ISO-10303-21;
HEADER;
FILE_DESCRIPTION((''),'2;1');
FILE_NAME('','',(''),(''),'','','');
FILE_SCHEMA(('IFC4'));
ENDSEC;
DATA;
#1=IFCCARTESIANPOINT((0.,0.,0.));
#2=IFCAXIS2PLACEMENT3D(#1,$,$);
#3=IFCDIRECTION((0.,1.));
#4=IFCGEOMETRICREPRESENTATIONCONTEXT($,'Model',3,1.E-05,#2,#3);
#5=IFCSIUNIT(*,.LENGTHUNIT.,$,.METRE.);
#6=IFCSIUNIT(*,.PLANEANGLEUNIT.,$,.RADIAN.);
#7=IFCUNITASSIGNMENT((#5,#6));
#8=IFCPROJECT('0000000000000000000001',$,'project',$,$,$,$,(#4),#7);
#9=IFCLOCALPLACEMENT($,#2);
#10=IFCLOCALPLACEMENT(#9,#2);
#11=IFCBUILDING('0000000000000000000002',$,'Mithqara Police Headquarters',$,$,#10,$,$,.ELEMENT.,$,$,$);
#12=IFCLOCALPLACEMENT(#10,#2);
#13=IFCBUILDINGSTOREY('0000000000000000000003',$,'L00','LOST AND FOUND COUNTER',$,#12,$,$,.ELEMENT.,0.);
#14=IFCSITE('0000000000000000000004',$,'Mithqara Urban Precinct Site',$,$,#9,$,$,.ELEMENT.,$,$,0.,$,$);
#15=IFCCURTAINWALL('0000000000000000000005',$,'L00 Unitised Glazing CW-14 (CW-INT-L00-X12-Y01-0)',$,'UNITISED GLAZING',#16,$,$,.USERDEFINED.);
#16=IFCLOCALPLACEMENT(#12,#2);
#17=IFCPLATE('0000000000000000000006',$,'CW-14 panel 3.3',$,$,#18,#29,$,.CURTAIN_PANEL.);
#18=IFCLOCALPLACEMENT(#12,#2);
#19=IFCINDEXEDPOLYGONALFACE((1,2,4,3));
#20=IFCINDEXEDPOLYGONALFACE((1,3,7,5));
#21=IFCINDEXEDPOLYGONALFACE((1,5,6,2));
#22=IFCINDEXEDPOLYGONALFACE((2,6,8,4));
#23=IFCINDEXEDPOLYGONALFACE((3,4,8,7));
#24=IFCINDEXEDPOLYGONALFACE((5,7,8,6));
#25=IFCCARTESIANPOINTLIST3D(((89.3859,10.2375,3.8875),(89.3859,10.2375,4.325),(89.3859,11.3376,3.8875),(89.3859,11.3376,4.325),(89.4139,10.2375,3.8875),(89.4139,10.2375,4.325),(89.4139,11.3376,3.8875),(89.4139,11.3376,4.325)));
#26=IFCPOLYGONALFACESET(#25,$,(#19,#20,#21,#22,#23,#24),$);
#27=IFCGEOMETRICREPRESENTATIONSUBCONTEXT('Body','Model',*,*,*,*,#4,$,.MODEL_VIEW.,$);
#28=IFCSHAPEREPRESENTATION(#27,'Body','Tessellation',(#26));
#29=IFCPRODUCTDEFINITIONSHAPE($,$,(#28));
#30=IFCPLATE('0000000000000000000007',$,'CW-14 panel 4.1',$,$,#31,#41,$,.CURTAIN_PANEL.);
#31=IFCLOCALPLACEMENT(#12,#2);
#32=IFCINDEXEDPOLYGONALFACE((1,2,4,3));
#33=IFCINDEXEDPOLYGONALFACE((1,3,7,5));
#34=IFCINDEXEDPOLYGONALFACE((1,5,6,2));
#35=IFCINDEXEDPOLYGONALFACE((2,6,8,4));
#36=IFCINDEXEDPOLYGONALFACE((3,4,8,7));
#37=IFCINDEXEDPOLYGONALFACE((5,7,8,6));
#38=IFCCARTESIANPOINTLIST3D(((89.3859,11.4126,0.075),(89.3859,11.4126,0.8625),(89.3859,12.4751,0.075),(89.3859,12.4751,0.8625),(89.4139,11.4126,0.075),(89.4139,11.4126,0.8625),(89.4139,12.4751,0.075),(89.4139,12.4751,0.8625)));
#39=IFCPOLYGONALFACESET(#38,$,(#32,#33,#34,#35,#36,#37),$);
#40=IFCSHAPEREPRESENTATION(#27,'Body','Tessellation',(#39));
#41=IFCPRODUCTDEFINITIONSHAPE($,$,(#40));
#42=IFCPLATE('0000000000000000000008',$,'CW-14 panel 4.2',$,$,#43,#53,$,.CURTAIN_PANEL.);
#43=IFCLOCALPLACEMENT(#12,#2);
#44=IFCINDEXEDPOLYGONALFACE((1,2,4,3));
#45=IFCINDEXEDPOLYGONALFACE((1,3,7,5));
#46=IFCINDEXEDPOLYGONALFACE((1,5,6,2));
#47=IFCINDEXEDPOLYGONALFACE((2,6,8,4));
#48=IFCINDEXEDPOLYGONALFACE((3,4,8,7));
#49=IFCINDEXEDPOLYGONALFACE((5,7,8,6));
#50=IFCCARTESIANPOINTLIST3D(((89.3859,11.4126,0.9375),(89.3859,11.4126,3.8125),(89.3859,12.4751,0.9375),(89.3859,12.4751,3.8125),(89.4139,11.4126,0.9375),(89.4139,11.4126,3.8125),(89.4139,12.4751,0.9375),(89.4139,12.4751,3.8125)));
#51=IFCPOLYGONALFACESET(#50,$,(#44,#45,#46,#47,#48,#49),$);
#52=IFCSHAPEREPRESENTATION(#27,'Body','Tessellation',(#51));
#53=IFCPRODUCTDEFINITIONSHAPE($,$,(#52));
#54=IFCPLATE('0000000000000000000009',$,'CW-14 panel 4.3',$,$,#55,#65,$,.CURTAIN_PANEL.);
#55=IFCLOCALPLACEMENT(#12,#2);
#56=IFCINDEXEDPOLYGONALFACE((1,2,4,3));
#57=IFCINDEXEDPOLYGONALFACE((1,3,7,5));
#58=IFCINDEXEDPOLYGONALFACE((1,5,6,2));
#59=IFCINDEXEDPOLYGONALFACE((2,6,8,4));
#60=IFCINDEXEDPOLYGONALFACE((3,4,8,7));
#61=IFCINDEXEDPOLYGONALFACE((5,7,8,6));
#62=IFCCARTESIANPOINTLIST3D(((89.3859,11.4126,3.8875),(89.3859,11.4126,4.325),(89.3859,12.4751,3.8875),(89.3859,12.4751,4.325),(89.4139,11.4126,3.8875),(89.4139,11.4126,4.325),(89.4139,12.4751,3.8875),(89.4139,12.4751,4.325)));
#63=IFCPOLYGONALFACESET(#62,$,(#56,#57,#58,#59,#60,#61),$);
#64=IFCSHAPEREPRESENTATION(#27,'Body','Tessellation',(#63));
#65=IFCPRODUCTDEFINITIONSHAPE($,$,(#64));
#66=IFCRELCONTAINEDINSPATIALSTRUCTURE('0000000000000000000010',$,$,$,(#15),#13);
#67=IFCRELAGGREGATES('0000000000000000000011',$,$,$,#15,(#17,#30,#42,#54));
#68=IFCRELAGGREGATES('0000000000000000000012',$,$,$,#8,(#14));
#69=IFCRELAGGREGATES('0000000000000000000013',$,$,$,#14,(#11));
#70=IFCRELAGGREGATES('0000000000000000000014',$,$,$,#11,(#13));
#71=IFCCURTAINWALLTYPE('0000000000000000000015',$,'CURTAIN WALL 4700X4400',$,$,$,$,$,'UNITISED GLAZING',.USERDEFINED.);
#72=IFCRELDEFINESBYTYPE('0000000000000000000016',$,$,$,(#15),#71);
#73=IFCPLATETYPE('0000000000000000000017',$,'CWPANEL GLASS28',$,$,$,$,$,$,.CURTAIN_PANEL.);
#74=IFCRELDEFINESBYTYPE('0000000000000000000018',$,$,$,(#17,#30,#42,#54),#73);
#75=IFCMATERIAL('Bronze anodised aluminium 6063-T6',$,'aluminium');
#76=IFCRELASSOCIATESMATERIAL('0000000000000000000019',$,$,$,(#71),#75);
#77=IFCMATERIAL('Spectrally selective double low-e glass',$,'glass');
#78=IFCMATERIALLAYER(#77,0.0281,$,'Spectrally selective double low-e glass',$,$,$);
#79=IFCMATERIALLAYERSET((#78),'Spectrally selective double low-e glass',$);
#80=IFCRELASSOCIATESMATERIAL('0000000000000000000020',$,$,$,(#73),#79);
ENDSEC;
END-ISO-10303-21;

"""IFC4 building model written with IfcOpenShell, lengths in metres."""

from ifc_helpers import new_model, si_unit, direction, frame, origin, origin_2d, place, context, subcontext, project, spatial, rectangle, extrude, material, layer, layer_set, type_object, element, aggregate, save


model = new_model("IFC4")

# Units and contexts
model_context = context("Model", 3, precision=1e-05, world=origin(), true_north=direction((0.0, 1.0)))
body_context = subcontext(model_context, "Body", "Model", "MODEL_VIEW")
ifc_project = project(units=[si_unit("LENGTHUNIT", "METRE"), si_unit("PLANEANGLEUNIT", "RADIAN")], contexts=[model_context])

# Site, building, storey
site_placement = place(None, origin())
site = spatial("IfcSite", under=ifc_project, at=site_placement, Name="Mithqara Urban Precinct Site", CompositionType="ELEMENT", RefElevation=0.0)
building_placement = place(site_placement, origin())
building = spatial("IfcBuilding", under=site, at=building_placement, Name="Mithqara Police Headquarters", CompositionType="ELEMENT")
storey_placement = place(building_placement, origin())
storey = spatial("IfcBuildingStorey", under=building, at=storey_placement, Name="L00", Description="LOST AND FOUND COUNTER", CompositionType="ELEMENT", Elevation=0.0)

# Curtain wall, plates
ifc_material_1 = material(Name="Bronze anodised aluminium 6063-T6", Category="aluminium")
curtain_wall_type = type_object("IfcCurtainWallType", Name="CURTAIN WALL 4700X4400", ElementType="UNITISED GLAZING", PredefinedType="USERDEFINED", material=ifc_material_1)
curtain_wall_placement = place(storey_placement, origin())
curtain_wall = element("IfcCurtainWall", 1, at=curtain_wall_placement, inside=storey, type_object=curtain_wall_type, Name="L00 Unitised Glazing CW-14 (CW-INT-L00-X12-Y01-0)", ObjectType="UNITISED GLAZING", PredefinedType="USERDEFINED")
ifc_material_2 = material(Name="Spectrally selective double low-e glass", Category="glass")
ifc_layer = layer(ifc_material_2, 0.0281, Name="Spectrally selective double low-e glass")
ifc_layer_set = layer_set([ifc_layer], Name="Spectrally selective double low-e glass")
plate_type = type_object("IfcPlateType", Name="CWPANEL GLASS28", PredefinedType="CURTAIN_PANEL", material=ifc_layer_set)
plate_1_placement = place(storey_placement, frame((89.3999, 10.7876, 3.8875), z_axis=(0.0, 0.0, 1.0), x_axis=(0.0, 1.0, 0.0)))
plate_1 = element("IfcPlate", 2, at=plate_1_placement, type_object=plate_type, Name="CW-14 panel 3.3", PredefinedType="CURTAIN_PANEL", context=body_context, shape_type="SweptSolid", body=[
    extrude(rectangle(XDim=1.1001, YDim=0.0281, at=origin_2d()), origin(), (0.0, 0.0, 1.0), 0.4375),
])
plate_2_placement = place(storey_placement, frame((89.3999, 11.9438, 0.075), z_axis=(0.0, 0.0, 1.0), x_axis=(0.0, 1.0, 0.0)))
plate_2 = element("IfcPlate", 3, at=plate_2_placement, type_object=plate_type, Name="CW-14 panel 4.1", PredefinedType="CURTAIN_PANEL", context=body_context, shape_type="SweptSolid", body=[
    extrude(rectangle(XDim=1.0625, YDim=0.0281, at=origin_2d()), origin(), (0.0, 0.0, 1.0), 0.7876),
])
plate_3_placement = place(storey_placement, frame((89.3999, 11.9438, 0.9375), z_axis=(0.0, 0.0, 1.0), x_axis=(0.0, 1.0, 0.0)))
plate_3 = element("IfcPlate", 4, at=plate_3_placement, type_object=plate_type, Name="CW-14 panel 4.2", PredefinedType="CURTAIN_PANEL", context=body_context, shape_type="SweptSolid", body=[
    extrude(rectangle(XDim=1.0625, YDim=0.0281, at=origin_2d()), origin(), (0.0, 0.0, 1.0), 2.875),
])
plate_4_placement = place(storey_placement, frame((89.3999, 11.9438, 3.8875), z_axis=(0.0, 0.0, 1.0), x_axis=(0.0, 1.0, 0.0)))
plate_4 = element("IfcPlate", 5, at=plate_4_placement, type_object=plate_type, Name="CW-14 panel 4.3", PredefinedType="CURTAIN_PANEL", context=body_context, shape_type="SweptSolid", body=[
    extrude(rectangle(XDim=1.0625, YDim=0.0281, at=origin_2d()), origin(), (0.0, 0.0, 1.0), 0.4375),
])
aggregate(curtain_wall, [plate_1, plate_2, plate_3, plate_4])

save(model, "model.ifc")
